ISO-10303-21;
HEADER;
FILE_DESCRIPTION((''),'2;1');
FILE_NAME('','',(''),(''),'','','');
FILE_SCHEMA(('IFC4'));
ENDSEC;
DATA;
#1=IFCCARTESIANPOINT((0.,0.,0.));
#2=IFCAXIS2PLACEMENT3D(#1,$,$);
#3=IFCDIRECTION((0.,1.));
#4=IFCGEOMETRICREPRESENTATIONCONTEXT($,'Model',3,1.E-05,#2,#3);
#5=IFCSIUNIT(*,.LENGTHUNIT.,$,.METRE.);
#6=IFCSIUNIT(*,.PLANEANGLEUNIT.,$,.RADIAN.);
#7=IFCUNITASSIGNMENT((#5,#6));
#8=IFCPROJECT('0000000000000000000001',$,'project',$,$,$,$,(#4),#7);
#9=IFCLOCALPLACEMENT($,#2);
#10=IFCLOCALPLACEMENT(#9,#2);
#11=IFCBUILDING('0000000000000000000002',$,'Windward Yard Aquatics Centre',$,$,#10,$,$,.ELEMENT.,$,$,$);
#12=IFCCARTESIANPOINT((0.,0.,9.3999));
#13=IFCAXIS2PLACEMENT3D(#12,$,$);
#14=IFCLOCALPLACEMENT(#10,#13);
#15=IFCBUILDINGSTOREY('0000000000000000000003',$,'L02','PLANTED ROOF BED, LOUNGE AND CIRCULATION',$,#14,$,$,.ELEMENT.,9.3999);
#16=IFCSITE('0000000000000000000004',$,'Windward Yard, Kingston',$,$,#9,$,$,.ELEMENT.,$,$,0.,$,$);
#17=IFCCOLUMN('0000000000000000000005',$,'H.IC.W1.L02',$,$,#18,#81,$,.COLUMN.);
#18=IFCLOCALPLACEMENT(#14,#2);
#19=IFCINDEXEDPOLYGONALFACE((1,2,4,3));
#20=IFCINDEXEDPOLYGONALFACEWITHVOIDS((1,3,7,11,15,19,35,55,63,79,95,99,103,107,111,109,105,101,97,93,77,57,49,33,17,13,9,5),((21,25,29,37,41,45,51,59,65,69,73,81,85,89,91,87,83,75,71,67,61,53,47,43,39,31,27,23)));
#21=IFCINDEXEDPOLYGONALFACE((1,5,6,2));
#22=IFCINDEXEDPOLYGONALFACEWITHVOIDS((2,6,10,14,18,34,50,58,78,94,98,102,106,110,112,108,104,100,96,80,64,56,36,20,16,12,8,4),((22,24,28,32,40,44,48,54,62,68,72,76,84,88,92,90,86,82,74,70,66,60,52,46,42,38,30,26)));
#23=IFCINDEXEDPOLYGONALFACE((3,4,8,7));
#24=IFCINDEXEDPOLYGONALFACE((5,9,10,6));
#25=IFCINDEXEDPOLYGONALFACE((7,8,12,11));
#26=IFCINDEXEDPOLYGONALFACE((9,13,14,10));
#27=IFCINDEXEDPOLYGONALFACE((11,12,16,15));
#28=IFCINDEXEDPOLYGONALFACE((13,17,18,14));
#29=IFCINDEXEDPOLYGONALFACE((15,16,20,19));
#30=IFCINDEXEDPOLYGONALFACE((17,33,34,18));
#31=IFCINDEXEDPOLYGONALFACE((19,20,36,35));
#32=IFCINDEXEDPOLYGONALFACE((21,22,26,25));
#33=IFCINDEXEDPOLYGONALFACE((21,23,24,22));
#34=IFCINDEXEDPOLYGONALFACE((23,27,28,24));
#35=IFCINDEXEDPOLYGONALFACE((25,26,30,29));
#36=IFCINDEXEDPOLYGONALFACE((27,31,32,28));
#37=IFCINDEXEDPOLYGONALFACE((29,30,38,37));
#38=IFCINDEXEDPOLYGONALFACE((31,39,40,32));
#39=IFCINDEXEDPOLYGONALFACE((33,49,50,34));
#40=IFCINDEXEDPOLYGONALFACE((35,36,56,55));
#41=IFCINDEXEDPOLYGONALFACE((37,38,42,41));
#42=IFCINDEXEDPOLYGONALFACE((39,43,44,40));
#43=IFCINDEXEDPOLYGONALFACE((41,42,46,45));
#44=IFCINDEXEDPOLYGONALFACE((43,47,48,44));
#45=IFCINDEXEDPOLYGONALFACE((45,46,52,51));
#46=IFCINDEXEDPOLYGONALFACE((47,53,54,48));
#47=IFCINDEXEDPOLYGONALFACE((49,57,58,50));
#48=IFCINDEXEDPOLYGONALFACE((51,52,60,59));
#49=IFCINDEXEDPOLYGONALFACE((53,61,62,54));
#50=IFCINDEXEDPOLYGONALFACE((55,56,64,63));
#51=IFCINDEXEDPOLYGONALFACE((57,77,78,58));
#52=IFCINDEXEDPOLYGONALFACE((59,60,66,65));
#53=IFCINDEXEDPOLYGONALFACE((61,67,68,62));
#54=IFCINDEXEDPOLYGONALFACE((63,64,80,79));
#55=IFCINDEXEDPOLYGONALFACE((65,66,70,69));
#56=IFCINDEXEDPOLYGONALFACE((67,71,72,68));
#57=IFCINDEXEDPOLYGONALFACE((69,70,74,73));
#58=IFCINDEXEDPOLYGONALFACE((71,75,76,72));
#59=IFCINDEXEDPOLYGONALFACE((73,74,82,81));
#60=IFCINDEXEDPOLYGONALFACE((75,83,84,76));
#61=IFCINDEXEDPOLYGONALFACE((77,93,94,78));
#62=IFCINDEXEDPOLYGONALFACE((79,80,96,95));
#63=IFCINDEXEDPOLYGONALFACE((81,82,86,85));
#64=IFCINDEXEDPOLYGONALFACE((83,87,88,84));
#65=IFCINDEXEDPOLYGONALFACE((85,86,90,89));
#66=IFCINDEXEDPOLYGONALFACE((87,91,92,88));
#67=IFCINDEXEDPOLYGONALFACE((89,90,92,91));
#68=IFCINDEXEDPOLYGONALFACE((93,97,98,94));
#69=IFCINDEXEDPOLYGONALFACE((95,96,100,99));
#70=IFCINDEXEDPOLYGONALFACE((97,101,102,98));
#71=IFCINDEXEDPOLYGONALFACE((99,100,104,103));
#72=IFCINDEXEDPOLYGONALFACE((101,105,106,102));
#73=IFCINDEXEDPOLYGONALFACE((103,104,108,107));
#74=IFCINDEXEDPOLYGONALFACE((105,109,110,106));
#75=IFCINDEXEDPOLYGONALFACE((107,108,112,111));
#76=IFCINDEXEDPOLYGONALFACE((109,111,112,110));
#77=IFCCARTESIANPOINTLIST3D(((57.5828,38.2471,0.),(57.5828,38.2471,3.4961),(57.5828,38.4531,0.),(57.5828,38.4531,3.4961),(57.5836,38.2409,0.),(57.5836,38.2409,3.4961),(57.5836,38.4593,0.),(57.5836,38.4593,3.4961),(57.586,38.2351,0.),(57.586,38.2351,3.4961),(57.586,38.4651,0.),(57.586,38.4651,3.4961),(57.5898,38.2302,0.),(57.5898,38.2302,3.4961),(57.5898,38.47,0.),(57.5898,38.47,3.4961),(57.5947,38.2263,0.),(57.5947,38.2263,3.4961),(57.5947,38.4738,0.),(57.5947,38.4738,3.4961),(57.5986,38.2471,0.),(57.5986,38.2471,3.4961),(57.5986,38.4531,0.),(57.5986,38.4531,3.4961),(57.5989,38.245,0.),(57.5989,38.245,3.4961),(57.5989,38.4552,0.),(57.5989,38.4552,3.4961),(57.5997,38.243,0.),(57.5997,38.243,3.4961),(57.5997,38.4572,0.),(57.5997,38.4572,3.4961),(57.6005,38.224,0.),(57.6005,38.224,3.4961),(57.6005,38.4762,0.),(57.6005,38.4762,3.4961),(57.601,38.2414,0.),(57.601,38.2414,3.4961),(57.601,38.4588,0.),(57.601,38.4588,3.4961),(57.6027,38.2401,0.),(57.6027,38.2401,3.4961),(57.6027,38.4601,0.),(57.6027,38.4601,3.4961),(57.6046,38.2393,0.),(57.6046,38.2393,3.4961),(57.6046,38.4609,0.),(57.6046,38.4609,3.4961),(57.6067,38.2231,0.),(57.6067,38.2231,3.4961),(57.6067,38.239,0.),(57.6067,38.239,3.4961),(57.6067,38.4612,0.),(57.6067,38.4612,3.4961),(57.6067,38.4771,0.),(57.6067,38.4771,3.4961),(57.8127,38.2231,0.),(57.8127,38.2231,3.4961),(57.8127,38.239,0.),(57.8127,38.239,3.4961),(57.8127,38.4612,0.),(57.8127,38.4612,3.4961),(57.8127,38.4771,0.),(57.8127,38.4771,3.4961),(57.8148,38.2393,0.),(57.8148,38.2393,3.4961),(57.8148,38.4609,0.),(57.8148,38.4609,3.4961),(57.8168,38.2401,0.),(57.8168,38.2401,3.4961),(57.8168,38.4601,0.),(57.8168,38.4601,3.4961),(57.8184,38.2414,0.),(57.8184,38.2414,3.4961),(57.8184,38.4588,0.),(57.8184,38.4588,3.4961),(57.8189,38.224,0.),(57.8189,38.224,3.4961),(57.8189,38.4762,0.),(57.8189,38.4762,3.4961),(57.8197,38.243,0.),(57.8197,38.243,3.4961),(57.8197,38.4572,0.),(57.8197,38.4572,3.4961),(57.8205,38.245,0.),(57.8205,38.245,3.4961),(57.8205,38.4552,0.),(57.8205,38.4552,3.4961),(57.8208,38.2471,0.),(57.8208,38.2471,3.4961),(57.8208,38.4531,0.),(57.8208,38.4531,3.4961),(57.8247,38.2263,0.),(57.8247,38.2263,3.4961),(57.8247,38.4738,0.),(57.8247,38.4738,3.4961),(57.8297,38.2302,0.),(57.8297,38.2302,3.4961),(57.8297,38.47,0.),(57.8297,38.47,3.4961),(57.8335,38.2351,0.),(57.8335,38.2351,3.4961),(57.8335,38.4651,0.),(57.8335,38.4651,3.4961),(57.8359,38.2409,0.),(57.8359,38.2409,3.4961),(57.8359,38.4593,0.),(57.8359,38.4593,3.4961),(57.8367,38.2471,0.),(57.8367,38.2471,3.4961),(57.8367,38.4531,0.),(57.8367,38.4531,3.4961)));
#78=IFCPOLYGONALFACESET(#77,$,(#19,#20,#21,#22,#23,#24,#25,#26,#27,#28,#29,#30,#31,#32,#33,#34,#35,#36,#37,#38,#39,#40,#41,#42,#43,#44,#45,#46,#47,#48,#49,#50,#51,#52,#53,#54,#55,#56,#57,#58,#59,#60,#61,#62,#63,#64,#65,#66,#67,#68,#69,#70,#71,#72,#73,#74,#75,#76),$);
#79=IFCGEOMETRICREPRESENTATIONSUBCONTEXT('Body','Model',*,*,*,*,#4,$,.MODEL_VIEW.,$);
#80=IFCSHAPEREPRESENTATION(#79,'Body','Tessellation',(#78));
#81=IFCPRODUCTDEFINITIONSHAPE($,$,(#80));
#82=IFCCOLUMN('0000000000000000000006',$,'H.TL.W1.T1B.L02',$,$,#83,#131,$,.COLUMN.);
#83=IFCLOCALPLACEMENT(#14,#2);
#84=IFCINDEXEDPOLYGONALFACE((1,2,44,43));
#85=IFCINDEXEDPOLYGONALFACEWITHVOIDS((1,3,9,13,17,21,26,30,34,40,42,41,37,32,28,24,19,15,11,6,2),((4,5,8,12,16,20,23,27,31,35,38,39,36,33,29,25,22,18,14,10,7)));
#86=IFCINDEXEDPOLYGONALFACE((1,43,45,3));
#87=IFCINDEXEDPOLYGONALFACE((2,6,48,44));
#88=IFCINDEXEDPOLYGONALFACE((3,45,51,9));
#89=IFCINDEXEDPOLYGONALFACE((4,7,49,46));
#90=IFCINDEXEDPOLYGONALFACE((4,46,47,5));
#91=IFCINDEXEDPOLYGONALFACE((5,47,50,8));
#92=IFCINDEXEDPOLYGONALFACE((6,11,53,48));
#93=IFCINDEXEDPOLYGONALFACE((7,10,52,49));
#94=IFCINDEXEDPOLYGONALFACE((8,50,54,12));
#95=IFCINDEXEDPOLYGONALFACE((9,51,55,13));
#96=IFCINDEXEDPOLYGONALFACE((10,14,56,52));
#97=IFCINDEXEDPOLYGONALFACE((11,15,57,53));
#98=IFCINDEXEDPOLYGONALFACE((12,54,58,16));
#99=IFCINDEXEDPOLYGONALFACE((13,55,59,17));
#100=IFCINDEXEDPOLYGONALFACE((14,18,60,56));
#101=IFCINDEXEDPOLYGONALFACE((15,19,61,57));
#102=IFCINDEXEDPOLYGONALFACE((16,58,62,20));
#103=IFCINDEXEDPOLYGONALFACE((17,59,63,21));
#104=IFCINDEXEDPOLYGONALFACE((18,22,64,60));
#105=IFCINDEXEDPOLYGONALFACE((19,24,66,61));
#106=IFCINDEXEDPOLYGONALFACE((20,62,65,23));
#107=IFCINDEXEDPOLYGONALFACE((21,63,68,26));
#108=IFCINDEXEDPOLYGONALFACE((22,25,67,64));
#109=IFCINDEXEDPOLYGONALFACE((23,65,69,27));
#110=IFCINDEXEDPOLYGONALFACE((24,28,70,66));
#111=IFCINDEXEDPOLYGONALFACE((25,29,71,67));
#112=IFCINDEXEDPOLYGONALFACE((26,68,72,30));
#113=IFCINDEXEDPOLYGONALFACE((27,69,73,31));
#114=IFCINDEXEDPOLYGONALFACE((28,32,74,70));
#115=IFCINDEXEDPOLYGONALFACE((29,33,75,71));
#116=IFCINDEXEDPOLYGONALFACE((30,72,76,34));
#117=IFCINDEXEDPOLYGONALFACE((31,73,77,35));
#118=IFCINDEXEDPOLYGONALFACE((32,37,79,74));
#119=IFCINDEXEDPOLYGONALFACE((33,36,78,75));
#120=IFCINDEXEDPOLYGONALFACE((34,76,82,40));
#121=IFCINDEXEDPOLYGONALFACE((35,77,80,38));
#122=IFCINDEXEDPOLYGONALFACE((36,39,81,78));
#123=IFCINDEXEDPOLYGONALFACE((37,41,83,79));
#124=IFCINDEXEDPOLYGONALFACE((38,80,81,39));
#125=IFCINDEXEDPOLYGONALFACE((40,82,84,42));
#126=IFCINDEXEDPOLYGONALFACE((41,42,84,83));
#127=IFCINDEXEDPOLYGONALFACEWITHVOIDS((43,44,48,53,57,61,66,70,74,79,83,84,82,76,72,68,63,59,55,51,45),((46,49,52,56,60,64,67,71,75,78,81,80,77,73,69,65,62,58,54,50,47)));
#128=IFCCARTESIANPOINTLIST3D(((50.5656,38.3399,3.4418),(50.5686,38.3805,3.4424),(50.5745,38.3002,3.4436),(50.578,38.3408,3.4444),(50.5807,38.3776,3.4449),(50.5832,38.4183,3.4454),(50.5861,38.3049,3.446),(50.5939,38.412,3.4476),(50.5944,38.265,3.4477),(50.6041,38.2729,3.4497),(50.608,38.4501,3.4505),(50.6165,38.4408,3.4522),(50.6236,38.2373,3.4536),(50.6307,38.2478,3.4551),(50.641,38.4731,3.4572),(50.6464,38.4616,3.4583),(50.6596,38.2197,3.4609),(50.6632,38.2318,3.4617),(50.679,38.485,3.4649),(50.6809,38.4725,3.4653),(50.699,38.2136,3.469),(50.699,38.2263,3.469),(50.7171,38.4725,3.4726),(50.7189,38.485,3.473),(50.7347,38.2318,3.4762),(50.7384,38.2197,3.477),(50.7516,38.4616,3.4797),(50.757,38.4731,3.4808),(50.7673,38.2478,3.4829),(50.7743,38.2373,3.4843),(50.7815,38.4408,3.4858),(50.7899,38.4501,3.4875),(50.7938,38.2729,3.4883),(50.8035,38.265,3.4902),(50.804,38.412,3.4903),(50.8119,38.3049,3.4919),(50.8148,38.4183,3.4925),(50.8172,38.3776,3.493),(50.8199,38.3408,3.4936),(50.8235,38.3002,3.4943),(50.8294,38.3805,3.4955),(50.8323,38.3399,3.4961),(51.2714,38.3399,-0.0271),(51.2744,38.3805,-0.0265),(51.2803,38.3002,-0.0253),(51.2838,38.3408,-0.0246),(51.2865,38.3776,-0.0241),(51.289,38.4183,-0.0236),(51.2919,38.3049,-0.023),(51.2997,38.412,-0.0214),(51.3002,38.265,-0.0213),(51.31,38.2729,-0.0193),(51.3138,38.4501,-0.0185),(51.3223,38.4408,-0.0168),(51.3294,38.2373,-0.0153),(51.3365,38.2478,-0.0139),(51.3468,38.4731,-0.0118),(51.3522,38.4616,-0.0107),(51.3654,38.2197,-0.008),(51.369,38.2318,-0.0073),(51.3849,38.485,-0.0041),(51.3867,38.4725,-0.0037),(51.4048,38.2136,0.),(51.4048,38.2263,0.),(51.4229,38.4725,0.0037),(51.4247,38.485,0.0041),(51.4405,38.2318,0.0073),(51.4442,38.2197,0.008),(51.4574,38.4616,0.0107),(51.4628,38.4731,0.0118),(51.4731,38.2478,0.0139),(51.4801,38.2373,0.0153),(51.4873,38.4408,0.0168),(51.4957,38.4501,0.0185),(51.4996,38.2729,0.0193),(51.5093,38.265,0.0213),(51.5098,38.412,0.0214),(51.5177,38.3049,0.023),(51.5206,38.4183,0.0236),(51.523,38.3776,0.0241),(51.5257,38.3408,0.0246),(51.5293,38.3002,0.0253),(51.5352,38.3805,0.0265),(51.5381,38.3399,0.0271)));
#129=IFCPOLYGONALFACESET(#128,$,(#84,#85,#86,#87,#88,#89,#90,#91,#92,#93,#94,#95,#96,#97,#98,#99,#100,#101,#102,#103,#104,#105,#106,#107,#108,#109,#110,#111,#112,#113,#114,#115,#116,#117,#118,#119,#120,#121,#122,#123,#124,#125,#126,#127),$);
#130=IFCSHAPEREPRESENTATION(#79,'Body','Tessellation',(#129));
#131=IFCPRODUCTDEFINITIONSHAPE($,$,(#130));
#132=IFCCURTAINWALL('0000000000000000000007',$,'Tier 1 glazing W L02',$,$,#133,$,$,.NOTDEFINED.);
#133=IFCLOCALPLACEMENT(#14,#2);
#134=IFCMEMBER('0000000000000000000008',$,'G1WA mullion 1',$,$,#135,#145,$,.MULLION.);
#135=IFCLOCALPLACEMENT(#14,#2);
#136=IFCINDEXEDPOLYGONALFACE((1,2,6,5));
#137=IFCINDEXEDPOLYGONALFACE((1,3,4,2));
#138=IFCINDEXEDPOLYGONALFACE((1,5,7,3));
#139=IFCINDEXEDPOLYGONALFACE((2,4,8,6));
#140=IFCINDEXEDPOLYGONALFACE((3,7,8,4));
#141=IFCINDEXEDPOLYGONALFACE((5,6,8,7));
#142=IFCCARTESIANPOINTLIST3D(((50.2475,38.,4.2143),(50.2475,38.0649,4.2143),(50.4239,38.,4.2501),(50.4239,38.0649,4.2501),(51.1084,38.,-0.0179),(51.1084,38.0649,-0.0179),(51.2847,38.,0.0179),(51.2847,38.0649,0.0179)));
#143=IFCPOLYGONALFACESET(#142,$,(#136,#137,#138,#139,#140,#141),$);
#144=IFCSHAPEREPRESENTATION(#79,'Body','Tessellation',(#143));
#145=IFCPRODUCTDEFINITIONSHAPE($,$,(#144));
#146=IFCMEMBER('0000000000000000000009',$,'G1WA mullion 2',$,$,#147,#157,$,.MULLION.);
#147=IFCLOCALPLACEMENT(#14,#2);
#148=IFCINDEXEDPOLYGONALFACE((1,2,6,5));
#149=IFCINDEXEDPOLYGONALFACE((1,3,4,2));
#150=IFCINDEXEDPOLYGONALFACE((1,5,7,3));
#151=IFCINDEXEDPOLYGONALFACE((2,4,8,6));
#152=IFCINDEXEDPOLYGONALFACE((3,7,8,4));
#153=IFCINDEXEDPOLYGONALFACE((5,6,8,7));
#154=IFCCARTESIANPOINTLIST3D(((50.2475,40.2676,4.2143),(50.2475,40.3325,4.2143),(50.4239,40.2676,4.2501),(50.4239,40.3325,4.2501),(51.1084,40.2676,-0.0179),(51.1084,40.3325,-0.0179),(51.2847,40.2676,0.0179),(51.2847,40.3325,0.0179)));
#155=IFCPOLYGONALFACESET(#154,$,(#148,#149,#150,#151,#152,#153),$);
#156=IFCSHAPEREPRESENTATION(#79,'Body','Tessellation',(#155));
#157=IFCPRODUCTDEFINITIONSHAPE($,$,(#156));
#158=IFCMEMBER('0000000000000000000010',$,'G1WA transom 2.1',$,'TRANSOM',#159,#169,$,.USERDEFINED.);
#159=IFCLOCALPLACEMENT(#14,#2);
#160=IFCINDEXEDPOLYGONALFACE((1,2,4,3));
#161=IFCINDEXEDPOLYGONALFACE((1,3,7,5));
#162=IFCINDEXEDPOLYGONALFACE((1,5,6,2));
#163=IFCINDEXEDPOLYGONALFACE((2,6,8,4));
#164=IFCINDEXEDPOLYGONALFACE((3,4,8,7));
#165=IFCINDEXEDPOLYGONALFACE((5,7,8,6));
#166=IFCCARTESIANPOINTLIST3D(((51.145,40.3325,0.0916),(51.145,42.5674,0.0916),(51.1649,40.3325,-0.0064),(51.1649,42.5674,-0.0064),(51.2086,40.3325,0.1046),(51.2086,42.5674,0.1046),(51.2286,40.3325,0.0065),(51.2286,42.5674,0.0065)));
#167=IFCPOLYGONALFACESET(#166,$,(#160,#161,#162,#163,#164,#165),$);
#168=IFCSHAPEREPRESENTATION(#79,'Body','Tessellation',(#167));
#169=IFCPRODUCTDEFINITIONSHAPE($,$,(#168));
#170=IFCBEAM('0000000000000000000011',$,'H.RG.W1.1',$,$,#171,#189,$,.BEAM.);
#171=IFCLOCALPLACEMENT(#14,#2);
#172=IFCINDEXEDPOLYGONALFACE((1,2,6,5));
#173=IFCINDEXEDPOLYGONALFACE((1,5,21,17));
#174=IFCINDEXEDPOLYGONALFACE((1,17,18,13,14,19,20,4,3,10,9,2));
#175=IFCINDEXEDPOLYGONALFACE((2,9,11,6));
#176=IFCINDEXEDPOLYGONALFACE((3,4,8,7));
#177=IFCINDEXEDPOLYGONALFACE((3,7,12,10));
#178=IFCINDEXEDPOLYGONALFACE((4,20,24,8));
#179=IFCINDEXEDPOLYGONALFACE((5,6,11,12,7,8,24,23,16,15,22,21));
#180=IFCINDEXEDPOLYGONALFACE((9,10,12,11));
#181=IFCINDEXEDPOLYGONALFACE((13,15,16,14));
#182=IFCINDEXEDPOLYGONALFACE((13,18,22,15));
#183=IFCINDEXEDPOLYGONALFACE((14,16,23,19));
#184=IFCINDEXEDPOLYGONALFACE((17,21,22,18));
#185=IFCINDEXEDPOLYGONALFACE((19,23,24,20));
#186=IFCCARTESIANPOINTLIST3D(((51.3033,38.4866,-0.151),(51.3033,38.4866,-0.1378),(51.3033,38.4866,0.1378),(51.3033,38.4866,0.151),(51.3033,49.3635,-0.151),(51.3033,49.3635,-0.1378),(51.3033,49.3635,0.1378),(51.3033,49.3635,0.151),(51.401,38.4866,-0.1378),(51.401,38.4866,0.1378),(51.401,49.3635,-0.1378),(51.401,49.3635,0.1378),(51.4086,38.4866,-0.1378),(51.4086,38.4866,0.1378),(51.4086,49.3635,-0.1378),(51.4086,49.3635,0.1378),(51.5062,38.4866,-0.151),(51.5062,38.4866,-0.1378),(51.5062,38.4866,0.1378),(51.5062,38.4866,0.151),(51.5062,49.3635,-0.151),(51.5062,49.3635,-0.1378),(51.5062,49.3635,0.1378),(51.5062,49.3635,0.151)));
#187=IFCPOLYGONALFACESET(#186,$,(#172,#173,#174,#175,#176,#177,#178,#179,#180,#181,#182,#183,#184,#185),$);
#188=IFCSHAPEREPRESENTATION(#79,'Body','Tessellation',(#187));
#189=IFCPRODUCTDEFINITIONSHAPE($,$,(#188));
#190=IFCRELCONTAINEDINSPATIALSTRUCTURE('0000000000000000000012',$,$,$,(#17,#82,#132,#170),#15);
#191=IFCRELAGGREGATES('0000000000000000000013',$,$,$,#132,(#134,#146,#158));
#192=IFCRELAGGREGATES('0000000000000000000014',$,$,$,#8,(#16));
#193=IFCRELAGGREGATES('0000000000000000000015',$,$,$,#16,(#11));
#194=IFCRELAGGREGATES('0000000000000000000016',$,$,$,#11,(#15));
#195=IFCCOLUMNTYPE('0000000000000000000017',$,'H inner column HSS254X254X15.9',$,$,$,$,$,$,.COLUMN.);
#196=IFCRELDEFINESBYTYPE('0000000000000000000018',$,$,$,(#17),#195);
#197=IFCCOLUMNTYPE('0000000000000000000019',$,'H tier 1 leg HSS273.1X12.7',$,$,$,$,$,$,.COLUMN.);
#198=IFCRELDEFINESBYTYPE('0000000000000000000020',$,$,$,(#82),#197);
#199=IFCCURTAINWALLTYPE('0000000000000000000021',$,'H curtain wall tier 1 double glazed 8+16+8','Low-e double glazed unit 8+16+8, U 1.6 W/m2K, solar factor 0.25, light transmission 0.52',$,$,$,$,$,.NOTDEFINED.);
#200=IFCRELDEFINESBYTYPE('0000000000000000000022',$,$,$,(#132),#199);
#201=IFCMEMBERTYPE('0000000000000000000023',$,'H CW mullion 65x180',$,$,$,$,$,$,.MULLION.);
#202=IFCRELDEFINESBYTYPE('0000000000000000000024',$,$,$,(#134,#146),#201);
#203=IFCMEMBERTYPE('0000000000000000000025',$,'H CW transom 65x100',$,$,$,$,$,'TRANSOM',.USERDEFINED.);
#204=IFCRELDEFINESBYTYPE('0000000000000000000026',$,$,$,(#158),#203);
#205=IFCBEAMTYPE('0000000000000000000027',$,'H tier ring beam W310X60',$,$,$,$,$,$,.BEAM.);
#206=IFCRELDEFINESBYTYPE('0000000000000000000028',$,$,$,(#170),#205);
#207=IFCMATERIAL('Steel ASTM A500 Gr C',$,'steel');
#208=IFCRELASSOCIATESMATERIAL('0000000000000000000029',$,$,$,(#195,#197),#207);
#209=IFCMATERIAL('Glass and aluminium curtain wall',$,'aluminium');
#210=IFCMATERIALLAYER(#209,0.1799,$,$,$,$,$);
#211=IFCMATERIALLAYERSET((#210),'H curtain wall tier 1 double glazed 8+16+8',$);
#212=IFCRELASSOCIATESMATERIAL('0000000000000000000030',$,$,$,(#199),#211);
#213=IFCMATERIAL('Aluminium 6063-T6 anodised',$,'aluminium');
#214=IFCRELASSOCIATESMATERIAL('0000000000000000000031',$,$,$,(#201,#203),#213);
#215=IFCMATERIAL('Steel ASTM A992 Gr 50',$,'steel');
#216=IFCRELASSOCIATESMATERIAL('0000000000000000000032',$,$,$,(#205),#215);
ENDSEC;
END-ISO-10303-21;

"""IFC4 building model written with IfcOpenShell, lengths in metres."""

from ifc_helpers import new_model, si_unit, direction, frame, origin, origin_2d, place, context, subcontext, project, spatial, rectangle, hollow_rectangle, hollow_circle, i_section, extrude, material, layer, layer_set, material_profile, profile_set, type_object, element, aggregate, save


model = new_model("IFC4")

# Units and contexts
model_context = context("Model", 3, precision=1e-05, world=origin(), true_north=direction((0.0, 1.0)))
body_context = subcontext(model_context, "Body", "Model", "MODEL_VIEW")
ifc_project = project(units=[si_unit("LENGTHUNIT", "METRE"), si_unit("PLANEANGLEUNIT", "RADIAN")], contexts=[model_context])

# Site, building, storey
site_placement = place(None, origin())
site = spatial("IfcSite", under=ifc_project, at=site_placement, Name="Windward Yard, Kingston", CompositionType="ELEMENT", RefElevation=0.0)
building_placement = place(site_placement, origin())
building = spatial("IfcBuilding", under=site, at=building_placement, Name="Windward Yard Aquatics Centre", CompositionType="ELEMENT")
storey_placement = place(building_placement, frame((0.0, 0.0, 9.3999)))
storey = spatial("IfcBuildingStorey", under=building, at=storey_placement, Name="L02", Description="PLANTED ROOF BED, LOUNGE AND CIRCULATION", CompositionType="ELEMENT", Elevation=9.3999)

# Columns
ifc_material_1 = material(Name="Steel ASTM A500 Gr C", Category="steel")
ifc_material_profile_1 = material_profile(ifc_material_1, hollow_rectangle(XDim=0.2539, YDim=0.2539, WallThickness=0.0159, InnerFilletRadius=0.0081, OuterFilletRadius=0.0239, at=origin_2d()), Name="HSS254X254X15.9")
ifc_profile_set_1 = profile_set([ifc_material_profile_1], Name="Steel ASTM A500 Gr C")
column_type_1 = type_object("IfcColumnType", Name="H inner column HSS254X254X15.9", PredefinedType="COLUMN", material=ifc_profile_set_1)
column_1_placement = place(storey_placement, frame((57.7097, 38.3501, 0.0), z_axis=(0.0, 0.0, 1.0), x_axis=(1.0, 0.0, 0.0)))
element("IfcColumn", 1, at=column_1_placement, inside=storey, type_object=column_type_1, Name="H.IC.W1.L02", PredefinedType="COLUMN", context=body_context, shape_type="SweptSolid", body=[
    extrude(hollow_rectangle(XDim=0.2539, YDim=0.2539, WallThickness=0.0159, InnerFilletRadius=0.0081, OuterFilletRadius=0.0239, at=origin_2d()), origin(), (0.0, 0.0, 1.0), 3.4961),
])
ifc_material_profile_2 = material_profile(ifc_material_1, hollow_circle(Radius=0.1365, WallThickness=0.0127, at=origin_2d()), Name="HSS273.1X12.7")
ifc_profile_set_2 = profile_set([ifc_material_profile_2], Name="Steel ASTM A500 Gr C")
column_type_2 = type_object("IfcColumnType", Name="H tier 1 leg HSS273.1X12.7", PredefinedType="COLUMN", material=ifc_profile_set_2)
column_2_placement = place(storey_placement, frame((51.4048, 38.3501, 0.0), z_axis=(-0.199378, 0.0, 0.979923), x_axis=(0.0, -1.0, 0.0)))
element("IfcColumn", 2, at=column_2_placement, inside=storey, type_object=column_type_2, Name="H.TL.W1.T1B.L02", PredefinedType="COLUMN", context=body_context, shape_type="SweptSolid", body=[
    extrude(hollow_circle(Radius=0.1365, WallThickness=0.0127, at=origin_2d()), origin(), (0.0, 0.0, 1.0), 3.54),
])

# Curtain wall, members
ifc_material_2 = material(Name="Glass and aluminium curtain wall", Category="aluminium")
ifc_layer_1 = layer(ifc_material_2, 0.1799)
ifc_layer_set_1 = layer_set([ifc_layer_1], Name="H curtain wall tier 1 double glazed 8+16+8")
curtain_wall_type = type_object("IfcCurtainWallType", Name="H curtain wall tier 1 double glazed 8+16+8", Description="Low-e double glazed unit 8+16+8, U 1.6 W/m2K, solar factor 0.25, light transmission 0.52", PredefinedType="NOTDEFINED", material=ifc_layer_set_1)
curtain_wall_placement = place(storey_placement, origin())
curtain_wall = element("IfcCurtainWall", 3, at=curtain_wall_placement, inside=storey, type_object=curtain_wall_type, Name="Tier 1 glazing W L02", PredefinedType="NOTDEFINED")
ifc_material_3 = material(Name="Aluminium 6063-T6 anodised", Category="aluminium")
ifc_material_profile_3 = material_profile(ifc_material_3, rectangle(XDim=0.0649, YDim=0.1799, at=origin_2d()), Name="H CW mullion 65x180")
ifc_profile_set_3 = profile_set([ifc_material_profile_3], Name="Aluminium 6063-T6 anodised")
member_type_1 = type_object("IfcMemberType", Name="H CW mullion 65x180", PredefinedType="MULLION", material=ifc_profile_set_3)
member_1_placement = place(storey_placement, frame((51.1965, 38.0325, 0.0), z_axis=(-0.199322, 0.0, 0.979934), x_axis=(0.0, -1.0, 0.0)))
member_1 = element("IfcMember", 4, at=member_1_placement, type_object=member_type_1, Name="G1WA mullion 1", PredefinedType="MULLION", context=body_context, shape_type="SweptSolid", body=[
    extrude(rectangle(XDim=0.0649, YDim=0.1799, at=origin_2d()), origin(), (0.0, 0.0, 1.0), 4.3188),
])
member_2_placement = place(storey_placement, frame((51.1965, 40.3, 0.0), z_axis=(-0.199322, 0.0, 0.979934), x_axis=(0.0, -1.0, 0.0)))
member_2 = element("IfcMember", 5, at=member_2_placement, type_object=member_type_1, Name="G1WA mullion 2", PredefinedType="MULLION", context=body_context, shape_type="SweptSolid", body=[
    extrude(rectangle(XDim=0.0649, YDim=0.1799, at=origin_2d()), origin(), (0.0, 0.0, 1.0), 4.3188),
])
ifc_material_profile_4 = material_profile(ifc_material_3, rectangle(XDim=0.0649, YDim=0.1001, at=origin_2d()), Name="H CW transom 65x100")
ifc_profile_set_4 = profile_set([ifc_material_profile_4], Name="Aluminium 6063-T6 anodised")
member_type_2 = type_object("IfcMemberType", Name="H CW transom 65x100", ElementType="TRANSOM", PredefinedType="USERDEFINED", material=ifc_profile_set_4)
member_3_placement = place(storey_placement, frame((51.1868, 40.3325, 0.0491), z_axis=(0.0, 1.0, 0.0), x_axis=(0.979925, 0.0, 0.199368)))
member_3 = element("IfcMember", 6, at=member_3_placement, type_object=member_type_2, Name="G1WA transom 2.1", ObjectType="TRANSOM", PredefinedType="USERDEFINED", context=body_context, shape_type="SweptSolid", body=[
    extrude(rectangle(XDim=0.0649, YDim=0.1001, at=origin_2d()), origin(), (0.0, 0.0, 1.0), 2.2349),
])
aggregate(curtain_wall, [member_1, member_2, member_3])

# Beam
ifc_material_4 = material(Name="Steel ASTM A992 Gr 50", Category="steel")
ifc_material_profile_5 = material_profile(ifc_material_4, i_section(OverallWidth=0.2029, OverallDepth=0.302, WebThickness=0.0076, FlangeThickness=0.0132, at=origin_2d()), Name="W310X60")
ifc_profile_set_5 = profile_set([ifc_material_profile_5], Name="Steel ASTM A992 Gr 50")
beam_type = type_object("IfcBeamType", Name="H tier ring beam W310X60", PredefinedType="BEAM", material=ifc_profile_set_5)
beam_placement = place(storey_placement, frame((51.4048, 38.4866, 0.0), z_axis=(0.0, 1.0, 0.0), x_axis=(-1.0, 0.0, 0.0)))
element("IfcBeam", 7, at=beam_placement, inside=storey, type_object=beam_type, Name="H.RG.W1.1", PredefinedType="BEAM", context=body_context, shape_type="SweptSolid", body=[
    extrude(i_section(OverallWidth=0.2029, OverallDepth=0.302, WebThickness=0.0076, FlangeThickness=0.0132, at=origin_2d()), origin(), (0.0, 0.0, 1.0), 10.877),
])

save(model, "model.ifc")
